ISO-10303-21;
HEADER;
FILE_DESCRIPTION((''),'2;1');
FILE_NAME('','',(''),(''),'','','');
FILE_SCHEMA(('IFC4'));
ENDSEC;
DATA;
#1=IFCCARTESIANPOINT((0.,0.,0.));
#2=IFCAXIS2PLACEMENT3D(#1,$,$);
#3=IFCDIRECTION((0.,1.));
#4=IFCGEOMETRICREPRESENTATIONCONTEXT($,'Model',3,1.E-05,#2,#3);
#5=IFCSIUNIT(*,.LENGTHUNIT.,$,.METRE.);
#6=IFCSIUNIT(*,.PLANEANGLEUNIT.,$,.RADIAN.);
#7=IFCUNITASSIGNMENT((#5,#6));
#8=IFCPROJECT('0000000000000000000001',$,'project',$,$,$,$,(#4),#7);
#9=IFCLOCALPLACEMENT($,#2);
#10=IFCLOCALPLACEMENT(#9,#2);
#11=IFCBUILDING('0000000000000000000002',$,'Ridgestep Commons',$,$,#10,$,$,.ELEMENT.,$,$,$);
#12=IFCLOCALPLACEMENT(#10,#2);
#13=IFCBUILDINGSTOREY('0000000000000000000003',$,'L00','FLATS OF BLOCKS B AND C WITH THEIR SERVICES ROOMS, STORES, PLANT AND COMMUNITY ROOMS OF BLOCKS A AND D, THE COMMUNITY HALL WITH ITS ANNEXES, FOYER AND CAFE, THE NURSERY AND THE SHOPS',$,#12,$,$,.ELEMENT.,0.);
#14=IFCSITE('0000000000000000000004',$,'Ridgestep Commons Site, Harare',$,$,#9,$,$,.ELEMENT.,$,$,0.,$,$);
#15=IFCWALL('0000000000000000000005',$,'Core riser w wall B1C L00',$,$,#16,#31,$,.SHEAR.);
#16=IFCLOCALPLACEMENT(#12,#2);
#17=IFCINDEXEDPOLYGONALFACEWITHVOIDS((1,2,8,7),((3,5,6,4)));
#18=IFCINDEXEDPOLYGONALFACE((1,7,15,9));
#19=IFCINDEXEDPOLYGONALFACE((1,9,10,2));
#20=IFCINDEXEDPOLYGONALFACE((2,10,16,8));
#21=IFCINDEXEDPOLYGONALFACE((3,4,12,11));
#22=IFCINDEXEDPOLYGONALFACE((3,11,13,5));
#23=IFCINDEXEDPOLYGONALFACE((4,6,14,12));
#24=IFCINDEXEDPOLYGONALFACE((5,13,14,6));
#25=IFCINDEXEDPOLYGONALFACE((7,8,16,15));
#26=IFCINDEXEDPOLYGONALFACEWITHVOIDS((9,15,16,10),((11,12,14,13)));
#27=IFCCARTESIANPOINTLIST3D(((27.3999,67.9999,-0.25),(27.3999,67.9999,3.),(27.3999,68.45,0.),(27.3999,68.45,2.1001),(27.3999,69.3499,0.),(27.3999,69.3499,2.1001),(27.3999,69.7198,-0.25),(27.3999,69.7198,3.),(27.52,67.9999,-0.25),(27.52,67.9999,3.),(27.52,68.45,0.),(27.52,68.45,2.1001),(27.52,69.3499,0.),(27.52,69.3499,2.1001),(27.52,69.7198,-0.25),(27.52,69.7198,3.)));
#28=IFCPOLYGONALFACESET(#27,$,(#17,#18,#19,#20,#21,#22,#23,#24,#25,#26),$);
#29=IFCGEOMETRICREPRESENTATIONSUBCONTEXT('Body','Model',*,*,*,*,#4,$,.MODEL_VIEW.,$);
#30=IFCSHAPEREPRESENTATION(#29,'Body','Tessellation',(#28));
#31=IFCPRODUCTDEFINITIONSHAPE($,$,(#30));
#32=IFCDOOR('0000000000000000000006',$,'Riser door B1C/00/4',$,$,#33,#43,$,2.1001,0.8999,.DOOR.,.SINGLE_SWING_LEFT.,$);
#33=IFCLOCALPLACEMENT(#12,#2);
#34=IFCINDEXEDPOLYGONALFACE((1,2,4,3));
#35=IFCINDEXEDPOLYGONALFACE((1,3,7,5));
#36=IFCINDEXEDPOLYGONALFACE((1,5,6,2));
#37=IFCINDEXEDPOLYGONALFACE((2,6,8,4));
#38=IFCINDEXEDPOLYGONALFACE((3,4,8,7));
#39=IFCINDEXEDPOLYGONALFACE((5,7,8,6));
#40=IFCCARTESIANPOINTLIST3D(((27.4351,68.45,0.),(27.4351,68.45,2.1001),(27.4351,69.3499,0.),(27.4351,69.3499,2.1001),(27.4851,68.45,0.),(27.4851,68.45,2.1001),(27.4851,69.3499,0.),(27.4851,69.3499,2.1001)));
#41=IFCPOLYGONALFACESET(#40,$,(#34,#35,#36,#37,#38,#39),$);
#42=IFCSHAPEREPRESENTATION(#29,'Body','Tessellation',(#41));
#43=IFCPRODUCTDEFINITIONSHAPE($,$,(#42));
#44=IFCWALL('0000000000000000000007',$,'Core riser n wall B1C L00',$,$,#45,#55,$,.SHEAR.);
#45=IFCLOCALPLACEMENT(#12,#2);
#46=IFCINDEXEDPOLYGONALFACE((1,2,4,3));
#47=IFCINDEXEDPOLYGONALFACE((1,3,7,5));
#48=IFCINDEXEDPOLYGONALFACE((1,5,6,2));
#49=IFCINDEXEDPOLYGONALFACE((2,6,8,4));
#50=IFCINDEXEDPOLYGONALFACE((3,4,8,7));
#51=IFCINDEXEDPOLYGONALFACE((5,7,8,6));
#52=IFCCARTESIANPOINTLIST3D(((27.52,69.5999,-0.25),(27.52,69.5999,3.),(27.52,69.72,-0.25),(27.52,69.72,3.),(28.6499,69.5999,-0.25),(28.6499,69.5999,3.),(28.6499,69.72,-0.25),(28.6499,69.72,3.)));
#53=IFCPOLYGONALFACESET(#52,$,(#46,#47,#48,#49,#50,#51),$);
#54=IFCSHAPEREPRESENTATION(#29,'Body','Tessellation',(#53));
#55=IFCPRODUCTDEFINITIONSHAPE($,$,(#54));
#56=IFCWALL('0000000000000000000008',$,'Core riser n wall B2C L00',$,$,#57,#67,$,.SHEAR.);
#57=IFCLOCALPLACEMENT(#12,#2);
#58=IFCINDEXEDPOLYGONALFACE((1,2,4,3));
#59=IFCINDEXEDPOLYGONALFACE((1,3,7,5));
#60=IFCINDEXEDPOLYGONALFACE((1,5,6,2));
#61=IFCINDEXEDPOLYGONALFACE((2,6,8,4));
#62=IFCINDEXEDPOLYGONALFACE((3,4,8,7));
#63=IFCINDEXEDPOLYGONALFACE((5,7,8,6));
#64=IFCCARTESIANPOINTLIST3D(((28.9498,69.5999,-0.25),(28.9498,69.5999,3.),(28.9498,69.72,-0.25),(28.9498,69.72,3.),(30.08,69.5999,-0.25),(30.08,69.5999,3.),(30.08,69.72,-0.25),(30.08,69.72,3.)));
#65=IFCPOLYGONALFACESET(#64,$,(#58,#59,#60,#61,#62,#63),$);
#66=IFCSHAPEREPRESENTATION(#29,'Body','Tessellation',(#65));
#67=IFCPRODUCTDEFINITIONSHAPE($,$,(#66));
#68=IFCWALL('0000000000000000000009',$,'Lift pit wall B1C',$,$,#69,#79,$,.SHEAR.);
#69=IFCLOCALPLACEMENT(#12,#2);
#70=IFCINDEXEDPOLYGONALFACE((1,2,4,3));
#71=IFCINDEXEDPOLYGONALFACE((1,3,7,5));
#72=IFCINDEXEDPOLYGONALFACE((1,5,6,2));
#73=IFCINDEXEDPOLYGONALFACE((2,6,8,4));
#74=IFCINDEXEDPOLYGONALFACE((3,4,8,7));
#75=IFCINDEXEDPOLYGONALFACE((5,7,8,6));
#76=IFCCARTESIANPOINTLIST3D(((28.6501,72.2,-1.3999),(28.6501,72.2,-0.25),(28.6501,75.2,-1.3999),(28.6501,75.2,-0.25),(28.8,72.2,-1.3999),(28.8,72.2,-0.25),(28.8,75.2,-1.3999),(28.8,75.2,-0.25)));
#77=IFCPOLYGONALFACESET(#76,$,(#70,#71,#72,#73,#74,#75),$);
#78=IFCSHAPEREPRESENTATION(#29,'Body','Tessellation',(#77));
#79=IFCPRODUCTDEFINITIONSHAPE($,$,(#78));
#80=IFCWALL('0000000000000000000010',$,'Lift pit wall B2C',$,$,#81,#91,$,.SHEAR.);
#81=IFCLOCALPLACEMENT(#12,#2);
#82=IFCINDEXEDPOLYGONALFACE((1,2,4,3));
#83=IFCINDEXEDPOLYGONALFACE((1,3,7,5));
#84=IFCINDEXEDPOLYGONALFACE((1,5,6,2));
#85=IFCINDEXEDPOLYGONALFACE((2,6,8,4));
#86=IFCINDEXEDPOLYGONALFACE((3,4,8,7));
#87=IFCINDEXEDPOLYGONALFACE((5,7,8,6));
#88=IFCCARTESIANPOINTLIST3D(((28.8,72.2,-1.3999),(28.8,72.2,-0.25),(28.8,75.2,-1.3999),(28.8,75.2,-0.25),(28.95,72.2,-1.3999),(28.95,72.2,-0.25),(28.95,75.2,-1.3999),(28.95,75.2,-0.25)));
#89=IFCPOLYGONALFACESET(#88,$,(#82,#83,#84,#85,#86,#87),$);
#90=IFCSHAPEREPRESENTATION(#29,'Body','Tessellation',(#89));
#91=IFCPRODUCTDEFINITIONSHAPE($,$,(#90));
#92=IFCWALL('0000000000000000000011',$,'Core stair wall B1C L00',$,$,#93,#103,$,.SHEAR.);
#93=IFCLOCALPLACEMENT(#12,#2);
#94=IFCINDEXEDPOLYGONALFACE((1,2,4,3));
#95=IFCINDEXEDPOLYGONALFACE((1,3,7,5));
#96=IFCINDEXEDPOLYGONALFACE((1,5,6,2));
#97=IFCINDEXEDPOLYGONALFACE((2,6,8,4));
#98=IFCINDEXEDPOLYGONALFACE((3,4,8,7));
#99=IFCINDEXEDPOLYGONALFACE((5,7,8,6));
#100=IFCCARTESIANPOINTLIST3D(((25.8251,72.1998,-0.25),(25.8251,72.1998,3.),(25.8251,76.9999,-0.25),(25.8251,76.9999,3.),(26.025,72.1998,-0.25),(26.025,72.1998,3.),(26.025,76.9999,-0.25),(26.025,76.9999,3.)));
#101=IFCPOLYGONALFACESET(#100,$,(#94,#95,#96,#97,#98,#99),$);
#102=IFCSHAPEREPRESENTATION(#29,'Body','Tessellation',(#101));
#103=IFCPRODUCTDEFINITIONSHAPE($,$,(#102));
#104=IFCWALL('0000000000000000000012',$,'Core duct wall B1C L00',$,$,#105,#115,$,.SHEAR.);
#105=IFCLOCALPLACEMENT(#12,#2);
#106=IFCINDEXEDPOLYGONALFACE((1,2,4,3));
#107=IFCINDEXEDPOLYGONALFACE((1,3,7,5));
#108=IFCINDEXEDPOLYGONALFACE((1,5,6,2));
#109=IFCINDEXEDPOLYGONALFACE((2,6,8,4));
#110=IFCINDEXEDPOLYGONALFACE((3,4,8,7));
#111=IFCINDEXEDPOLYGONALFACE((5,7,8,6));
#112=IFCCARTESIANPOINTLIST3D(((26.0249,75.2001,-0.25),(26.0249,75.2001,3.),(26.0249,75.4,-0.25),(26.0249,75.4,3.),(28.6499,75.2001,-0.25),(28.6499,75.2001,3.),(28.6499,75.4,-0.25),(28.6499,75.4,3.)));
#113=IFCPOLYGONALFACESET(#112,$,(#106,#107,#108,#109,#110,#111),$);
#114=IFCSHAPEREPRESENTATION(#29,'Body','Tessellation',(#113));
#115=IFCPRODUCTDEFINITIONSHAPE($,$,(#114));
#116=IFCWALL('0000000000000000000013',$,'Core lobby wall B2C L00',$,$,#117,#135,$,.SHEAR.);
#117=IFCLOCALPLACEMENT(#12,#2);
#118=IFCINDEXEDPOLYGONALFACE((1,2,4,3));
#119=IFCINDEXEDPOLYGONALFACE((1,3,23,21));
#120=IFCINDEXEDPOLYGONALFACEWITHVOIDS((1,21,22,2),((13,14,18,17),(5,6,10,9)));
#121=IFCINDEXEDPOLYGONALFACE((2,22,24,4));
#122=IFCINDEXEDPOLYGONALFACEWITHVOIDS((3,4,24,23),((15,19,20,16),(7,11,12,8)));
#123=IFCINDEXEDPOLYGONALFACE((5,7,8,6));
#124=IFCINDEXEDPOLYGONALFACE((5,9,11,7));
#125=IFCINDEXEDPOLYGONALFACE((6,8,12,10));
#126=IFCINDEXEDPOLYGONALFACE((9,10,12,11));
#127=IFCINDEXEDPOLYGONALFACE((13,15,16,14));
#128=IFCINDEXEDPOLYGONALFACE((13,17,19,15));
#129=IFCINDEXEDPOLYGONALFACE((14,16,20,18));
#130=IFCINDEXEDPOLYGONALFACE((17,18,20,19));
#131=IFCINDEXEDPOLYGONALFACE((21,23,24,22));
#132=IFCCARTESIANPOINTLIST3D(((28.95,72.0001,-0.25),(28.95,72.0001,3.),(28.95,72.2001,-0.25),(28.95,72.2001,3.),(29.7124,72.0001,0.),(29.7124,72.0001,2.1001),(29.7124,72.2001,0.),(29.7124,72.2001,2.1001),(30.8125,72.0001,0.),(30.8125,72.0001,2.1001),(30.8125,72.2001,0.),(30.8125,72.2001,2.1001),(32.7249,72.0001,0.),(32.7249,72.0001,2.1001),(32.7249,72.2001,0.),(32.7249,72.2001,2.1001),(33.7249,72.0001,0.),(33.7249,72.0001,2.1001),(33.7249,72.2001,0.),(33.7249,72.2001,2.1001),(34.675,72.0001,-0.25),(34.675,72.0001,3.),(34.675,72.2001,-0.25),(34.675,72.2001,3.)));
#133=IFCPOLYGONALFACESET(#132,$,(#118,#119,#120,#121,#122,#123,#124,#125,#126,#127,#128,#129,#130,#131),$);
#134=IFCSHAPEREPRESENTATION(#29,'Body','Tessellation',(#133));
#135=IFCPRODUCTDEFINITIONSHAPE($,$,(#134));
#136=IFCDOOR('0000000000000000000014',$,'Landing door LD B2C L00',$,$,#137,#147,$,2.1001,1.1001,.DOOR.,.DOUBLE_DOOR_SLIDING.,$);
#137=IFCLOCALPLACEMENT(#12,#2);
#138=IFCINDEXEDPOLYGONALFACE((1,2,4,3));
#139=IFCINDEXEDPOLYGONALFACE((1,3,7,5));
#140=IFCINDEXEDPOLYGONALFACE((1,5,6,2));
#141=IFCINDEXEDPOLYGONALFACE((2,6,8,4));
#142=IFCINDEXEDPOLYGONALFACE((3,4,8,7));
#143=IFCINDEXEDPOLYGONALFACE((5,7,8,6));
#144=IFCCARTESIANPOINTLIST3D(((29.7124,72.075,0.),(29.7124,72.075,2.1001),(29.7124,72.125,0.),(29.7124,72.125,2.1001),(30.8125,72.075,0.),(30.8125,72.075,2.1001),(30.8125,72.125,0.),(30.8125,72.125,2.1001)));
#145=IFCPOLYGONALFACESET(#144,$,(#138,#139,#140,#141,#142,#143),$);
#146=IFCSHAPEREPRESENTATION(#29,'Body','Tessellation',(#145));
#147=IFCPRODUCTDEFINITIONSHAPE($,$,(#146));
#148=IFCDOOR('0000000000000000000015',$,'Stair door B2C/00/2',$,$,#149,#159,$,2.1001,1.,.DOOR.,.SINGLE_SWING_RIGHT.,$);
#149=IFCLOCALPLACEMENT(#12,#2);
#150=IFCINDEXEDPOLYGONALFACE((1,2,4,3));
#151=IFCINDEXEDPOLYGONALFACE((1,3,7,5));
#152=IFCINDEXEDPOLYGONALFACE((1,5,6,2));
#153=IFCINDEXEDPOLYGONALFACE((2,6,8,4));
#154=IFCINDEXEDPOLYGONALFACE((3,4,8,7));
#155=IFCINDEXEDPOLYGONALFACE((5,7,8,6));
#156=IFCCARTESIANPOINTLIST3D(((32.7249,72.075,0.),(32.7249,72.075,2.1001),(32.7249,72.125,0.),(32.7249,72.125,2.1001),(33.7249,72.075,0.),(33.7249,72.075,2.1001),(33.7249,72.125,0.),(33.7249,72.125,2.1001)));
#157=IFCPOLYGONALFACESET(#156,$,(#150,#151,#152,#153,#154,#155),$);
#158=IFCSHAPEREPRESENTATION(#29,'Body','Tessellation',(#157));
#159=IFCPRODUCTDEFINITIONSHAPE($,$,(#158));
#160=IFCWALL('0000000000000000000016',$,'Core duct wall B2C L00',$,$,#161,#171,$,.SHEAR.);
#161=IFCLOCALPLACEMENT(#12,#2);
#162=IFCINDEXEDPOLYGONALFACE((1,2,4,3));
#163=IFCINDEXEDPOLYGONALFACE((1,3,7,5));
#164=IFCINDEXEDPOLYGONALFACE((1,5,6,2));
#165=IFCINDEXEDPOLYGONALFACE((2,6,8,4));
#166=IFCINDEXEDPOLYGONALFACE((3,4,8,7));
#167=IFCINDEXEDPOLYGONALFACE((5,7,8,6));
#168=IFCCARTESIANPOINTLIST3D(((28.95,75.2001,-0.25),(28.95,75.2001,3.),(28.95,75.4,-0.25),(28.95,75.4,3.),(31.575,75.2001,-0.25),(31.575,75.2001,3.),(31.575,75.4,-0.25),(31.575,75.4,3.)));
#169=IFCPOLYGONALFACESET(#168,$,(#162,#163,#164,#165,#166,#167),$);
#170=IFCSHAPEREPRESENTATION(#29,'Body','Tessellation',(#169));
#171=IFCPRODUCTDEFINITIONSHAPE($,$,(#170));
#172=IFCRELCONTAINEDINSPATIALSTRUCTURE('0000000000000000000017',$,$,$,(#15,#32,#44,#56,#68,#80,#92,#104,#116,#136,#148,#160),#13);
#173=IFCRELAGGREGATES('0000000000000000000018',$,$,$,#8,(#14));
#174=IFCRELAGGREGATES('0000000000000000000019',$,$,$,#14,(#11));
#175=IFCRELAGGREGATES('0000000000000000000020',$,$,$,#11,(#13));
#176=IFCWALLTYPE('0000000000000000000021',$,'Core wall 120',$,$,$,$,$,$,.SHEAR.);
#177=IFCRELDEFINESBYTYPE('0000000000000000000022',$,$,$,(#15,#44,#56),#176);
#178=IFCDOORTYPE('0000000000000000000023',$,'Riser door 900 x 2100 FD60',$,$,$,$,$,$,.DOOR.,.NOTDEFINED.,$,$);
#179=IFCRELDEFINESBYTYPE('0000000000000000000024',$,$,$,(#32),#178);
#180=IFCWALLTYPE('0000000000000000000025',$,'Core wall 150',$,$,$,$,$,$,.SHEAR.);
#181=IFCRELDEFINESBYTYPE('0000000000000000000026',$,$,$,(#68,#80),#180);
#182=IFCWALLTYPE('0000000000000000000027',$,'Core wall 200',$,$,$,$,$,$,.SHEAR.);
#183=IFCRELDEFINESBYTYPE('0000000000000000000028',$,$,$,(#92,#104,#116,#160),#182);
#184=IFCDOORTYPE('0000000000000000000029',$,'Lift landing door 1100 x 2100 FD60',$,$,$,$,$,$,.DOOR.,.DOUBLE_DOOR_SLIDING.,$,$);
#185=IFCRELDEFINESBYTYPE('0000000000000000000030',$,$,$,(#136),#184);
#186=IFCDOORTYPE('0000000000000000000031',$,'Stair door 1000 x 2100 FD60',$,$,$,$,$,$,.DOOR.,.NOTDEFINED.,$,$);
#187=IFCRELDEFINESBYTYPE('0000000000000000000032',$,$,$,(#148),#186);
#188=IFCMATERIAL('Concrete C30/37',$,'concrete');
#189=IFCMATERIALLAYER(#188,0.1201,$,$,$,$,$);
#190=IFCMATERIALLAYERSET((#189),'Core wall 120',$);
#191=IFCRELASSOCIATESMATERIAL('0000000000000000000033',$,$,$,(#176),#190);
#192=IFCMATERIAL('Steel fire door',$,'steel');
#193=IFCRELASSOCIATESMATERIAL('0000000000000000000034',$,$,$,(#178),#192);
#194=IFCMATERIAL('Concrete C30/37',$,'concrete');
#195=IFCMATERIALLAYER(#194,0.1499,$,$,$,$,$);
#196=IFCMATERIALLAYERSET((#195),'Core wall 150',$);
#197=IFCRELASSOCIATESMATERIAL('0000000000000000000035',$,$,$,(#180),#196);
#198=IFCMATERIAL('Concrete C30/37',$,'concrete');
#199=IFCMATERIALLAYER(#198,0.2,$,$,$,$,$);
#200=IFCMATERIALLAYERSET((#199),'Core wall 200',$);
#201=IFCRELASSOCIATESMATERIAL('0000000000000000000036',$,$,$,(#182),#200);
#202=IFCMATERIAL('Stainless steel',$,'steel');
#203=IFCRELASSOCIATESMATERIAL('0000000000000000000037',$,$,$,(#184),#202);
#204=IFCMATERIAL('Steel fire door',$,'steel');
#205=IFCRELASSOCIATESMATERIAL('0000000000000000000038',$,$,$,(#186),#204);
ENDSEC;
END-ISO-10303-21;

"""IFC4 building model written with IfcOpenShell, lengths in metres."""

from ifc_helpers import new_model, si_unit, direction, frame, frame_2d, origin, place, context, subcontext, project, spatial, rectangle, extrude, material, layer, layer_set, type_object, element, fill, save


model = new_model("IFC4")

# Units and contexts
model_context = context("Model", 3, precision=1e-05, world=origin(), true_north=direction((0.0, 1.0)))
body_context = subcontext(model_context, "Body", "Model", "MODEL_VIEW")
ifc_project = project(units=[si_unit("LENGTHUNIT", "METRE"), si_unit("PLANEANGLEUNIT", "RADIAN")], contexts=[model_context])

# Site, building, storey
site_placement = place(None, origin())
site = spatial("IfcSite", under=ifc_project, at=site_placement, Name="Ridgestep Commons Site, Harare", CompositionType="ELEMENT", RefElevation=0.0)
building_placement = place(site_placement, origin())
building = spatial("IfcBuilding", under=site, at=building_placement, Name="Ridgestep Commons", CompositionType="ELEMENT")
storey_placement = place(building_placement, origin())
storey = spatial("IfcBuildingStorey", under=building, at=storey_placement, Name="L00", Description="FLATS OF BLOCKS B AND C WITH THEIR SERVICES ROOMS, STORES, PLANT AND COMMUNITY ROOMS OF BLOCKS A AND D, THE COMMUNITY HALL WITH ITS ANNEXES, FOYER AND CAFE, THE NURSERY AND THE SHOPS", CompositionType="ELEMENT", Elevation=0.0)

# Wall, opening, door
ifc_material_1 = material(Name="Concrete C30/37", Category="concrete")
ifc_layer_1 = layer(ifc_material_1, 0.1201)
ifc_layer_set_1 = layer_set([ifc_layer_1], Name="Core wall 120")
wall_type_1 = type_object("IfcWallType", Name="Core wall 120", PredefinedType="SHEAR", material=ifc_layer_set_1)
wall_1_placement = place(storey_placement, frame((27.46, 68.0, -0.25), z_axis=(0.0, 0.0, 1.0), x_axis=(0.0, 1.0, 0.0)))
wall_1 = element("IfcWall", 1, at=wall_1_placement, inside=storey, type_object=wall_type_1, Name="Core riser w wall B1C L00", PredefinedType="SHEAR", context=body_context, shape_type="SweptSolid", body=[
    extrude(rectangle(XDim=1.72, YDim=0.1201, at=frame_2d((0.8599, 0.0))), origin(), (0.0, 0.0, 1.0), 3.25),
])
opening_1_placement = place(wall_1_placement, frame((0.45, 0.0, 0.25)))
opening_1 = element("IfcOpeningElement", 2, at=opening_1_placement, cuts=wall_1, PredefinedType="OPENING", context=body_context, shape_type="SweptSolid", body=[
    extrude(rectangle(XDim=0.8999, YDim=2.1001, at=frame_2d((0.45, 1.05))), frame((0.0, 0.0701, 0.0), z_axis=(0.0, -1.0, 0.0), x_axis=(1.0, 0.0, 0.0)), (0.0, 0.0, 1.0), 0.1401),
])
ifc_material_2 = material(Name="Steel fire door", Category="steel")
door_type_1 = type_object("IfcDoorType", Name="Riser door 900 x 2100 FD60", OperationType="NOTDEFINED", PredefinedType="DOOR", material=ifc_material_2)
door_1_placement = place(opening_1_placement, origin())
door_1 = element("IfcDoor", 3, at=door_1_placement, inside=storey, type_object=door_type_1, Name="Riser door B1C/00/4", OperationType="SINGLE_SWING_LEFT", OverallHeight=2.1001, OverallWidth=0.8999, PredefinedType="DOOR", context=body_context, shape_type="SweptSolid", body=[
    extrude(rectangle(XDim=0.8999, YDim=2.1001, at=frame_2d((0.45, 1.05))), frame((0.0, 0.0249, 0.0), z_axis=(0.0, -1.0, 0.0), x_axis=(1.0, 0.0, 0.0)), (0.0, 0.0, 1.0), 0.05),
])
fill(opening_1, door_1)

# Walls
wall_2_placement = place(storey_placement, frame((27.52, 69.6599, -0.25), z_axis=(0.0, 0.0, 1.0), x_axis=(1.0, 0.0, 0.0)))
element("IfcWall", 4, at=wall_2_placement, inside=storey, type_object=wall_type_1, Name="Core riser n wall B1C L00", PredefinedType="SHEAR", context=body_context, shape_type="SweptSolid", body=[
    extrude(rectangle(XDim=1.1299, YDim=0.1201, at=frame_2d((0.5649, 0.0))), origin(), (0.0, 0.0, 1.0), 3.25),
])
wall_3_placement = place(storey_placement, frame((28.95, 69.6599, -0.25), z_axis=(0.0, 0.0, 1.0), x_axis=(1.0, 0.0, 0.0)))
element("IfcWall", 5, at=wall_3_placement, inside=storey, type_object=wall_type_1, Name="Core riser n wall B2C L00", PredefinedType="SHEAR", context=body_context, shape_type="SweptSolid", body=[
    extrude(rectangle(XDim=1.1301, YDim=0.1201, at=frame_2d((0.5649, 0.0))), origin(), (0.0, 0.0, 1.0), 3.25),
])
ifc_material_3 = material(Name="Concrete C30/37", Category="concrete")
ifc_layer_2 = layer(ifc_material_3, 0.1499)
ifc_layer_set_2 = layer_set([ifc_layer_2], Name="Core wall 150")
wall_type_2 = type_object("IfcWallType", Name="Core wall 150", PredefinedType="SHEAR", material=ifc_layer_set_2)
for number, where, z_axis, x_axis, name in (
    (6, (28.7251, 72.2, -1.3999), (0.0, 0.0, 1.0), (0.0, 1.0, 0.0), "Lift pit wall B1C"),
    (7, (28.875, 72.2, -1.3999), (0.0, 0.0, 1.0), (0.0, 1.0, 0.0), "Lift pit wall B2C"),
):
    element("IfcWall", number, at=place(storey_placement, frame(where, z_axis=z_axis, x_axis=x_axis)), inside=storey, type_object=wall_type_2, Name=name, PredefinedType="SHEAR", context=body_context, shape_type="SweptSolid", body=[
        extrude(rectangle(XDim=3.0, YDim=0.1499, at=frame_2d((1.5, 0.0))), origin(), (0.0, 0.0, 1.0), 1.1499),
    ])
ifc_material_4 = material(Name="Concrete C30/37", Category="concrete")
ifc_layer_3 = layer(ifc_material_4, 0.2)
ifc_layer_set_3 = layer_set([ifc_layer_3], Name="Core wall 200")
wall_type_3 = type_object("IfcWallType", Name="Core wall 200", PredefinedType="SHEAR", material=ifc_layer_set_3)
wall_4_placement = place(storey_placement, frame((25.925, 72.2, -0.25), z_axis=(0.0, 0.0, 1.0), x_axis=(0.0, 1.0, 0.0)))
element("IfcWall", 8, at=wall_4_placement, inside=storey, type_object=wall_type_3, Name="Core stair wall B1C L00", PredefinedType="SHEAR", context=body_context, shape_type="SweptSolid", body=[
    extrude(rectangle(XDim=4.8, YDim=0.2, at=frame_2d((2.3999, 0.0))), origin(), (0.0, 0.0, 1.0), 3.25),
])
wall_5_placement = place(storey_placement, frame((26.0249, 75.3, -0.25), z_axis=(0.0, 0.0, 1.0), x_axis=(1.0, 0.0, 0.0)))
element("IfcWall", 9, at=wall_5_placement, inside=storey, type_object=wall_type_3, Name="Core duct wall B1C L00", PredefinedType="SHEAR", context=body_context, shape_type="SweptSolid", body=[
    extrude(rectangle(XDim=2.625, YDim=0.2, at=frame_2d((1.3125, 0.0))), origin(), (0.0, 0.0, 1.0), 3.25),
])

# Wall, openings, doors
wall_6_placement = place(storey_placement, frame((28.95, 72.1001, -0.25), z_axis=(0.0, 0.0, 1.0), x_axis=(1.0, 0.0, 0.0)))
wall_6 = element("IfcWall", 10, at=wall_6_placement, inside=storey, type_object=wall_type_3, Name="Core lobby wall B2C L00", PredefinedType="SHEAR", context=body_context, shape_type="SweptSolid", body=[
    extrude(rectangle(XDim=5.7251, YDim=0.2, at=frame_2d((2.8625, 0.0))), origin(), (0.0, 0.0, 1.0), 3.25),
])
opening_2_placement = place(wall_6_placement, frame((3.7749, 0.0, 0.25)))
opening_2 = element("IfcOpeningElement", 11, at=opening_2_placement, cuts=wall_6, PredefinedType="OPENING", context=body_context, shape_type="SweptSolid", body=[
    extrude(rectangle(XDim=1.0, YDim=2.1001, at=frame_2d((0.5, 1.05))), frame((0.0, 0.1099, 0.0), z_axis=(0.0, -1.0, 0.0), x_axis=(1.0, 0.0, 0.0)), (0.0, 0.0, 1.0), 0.22),
])
opening_3_placement = place(wall_6_placement, frame((0.7625, 0.0, 0.25)))
opening_3 = element("IfcOpeningElement", 12, at=opening_3_placement, cuts=wall_6, PredefinedType="OPENING", context=body_context, shape_type="SweptSolid", body=[
    extrude(rectangle(XDim=1.1001, YDim=2.1001, at=frame_2d((0.55, 1.05))), frame((0.0, 0.1099, 0.0), z_axis=(0.0, -1.0, 0.0), x_axis=(1.0, 0.0, 0.0)), (0.0, 0.0, 1.0), 0.22),
])
ifc_material_5 = material(Name="Stainless steel", Category="steel")
door_type_2 = type_object("IfcDoorType", Name="Lift landing door 1100 x 2100 FD60", OperationType="DOUBLE_DOOR_SLIDING", PredefinedType="DOOR", material=ifc_material_5)
door_2_placement = place(opening_3_placement, origin())
door_2 = element("IfcDoor", 13, at=door_2_placement, inside=storey, type_object=door_type_2, Name="Landing door LD B2C L00", OperationType="DOUBLE_DOOR_SLIDING", OverallHeight=2.1001, OverallWidth=1.1001, PredefinedType="DOOR", context=body_context, shape_type="SweptSolid", body=[
    extrude(rectangle(XDim=1.1001, YDim=2.1001, at=frame_2d((0.55, 1.05))), frame((0.0, 0.0249, 0.0), z_axis=(0.0, -1.0, 0.0), x_axis=(1.0, 0.0, 0.0)), (0.0, 0.0, 1.0), 0.05),
])
fill(opening_3, door_2)
ifc_material_6 = material(Name="Steel fire door", Category="steel")
door_type_3 = type_object("IfcDoorType", Name="Stair door 1000 x 2100 FD60", OperationType="NOTDEFINED", PredefinedType="DOOR", material=ifc_material_6)
door_3_placement = place(opening_2_placement, origin())
door_3 = element("IfcDoor", 14, at=door_3_placement, inside=storey, type_object=door_type_3, Name="Stair door B2C/00/2", OperationType="SINGLE_SWING_RIGHT", OverallHeight=2.1001, OverallWidth=1.0, PredefinedType="DOOR", context=body_context, shape_type="SweptSolid", body=[
    extrude(rectangle(XDim=1.0, YDim=2.1001, at=frame_2d((0.5, 1.05))), frame((0.0, 0.0249, 0.0), z_axis=(0.0, -1.0, 0.0), x_axis=(1.0, 0.0, 0.0)), (0.0, 0.0, 1.0), 0.05),
])
fill(opening_2, door_3)

# Wall
wall_7_placement = place(storey_placement, frame((28.95, 75.3, -0.25), z_axis=(0.0, 0.0, 1.0), x_axis=(1.0, 0.0, 0.0)))
element("IfcWall", 15, at=wall_7_placement, inside=storey, type_object=wall_type_3, Name="Core duct wall B2C L00", PredefinedType="SHEAR", context=body_context, shape_type="SweptSolid", body=[
    extrude(rectangle(XDim=2.625, YDim=0.2, at=frame_2d((1.3125, 0.0))), origin(), (0.0, 0.0, 1.0), 3.25),
])

save(model, "model.ifc")
